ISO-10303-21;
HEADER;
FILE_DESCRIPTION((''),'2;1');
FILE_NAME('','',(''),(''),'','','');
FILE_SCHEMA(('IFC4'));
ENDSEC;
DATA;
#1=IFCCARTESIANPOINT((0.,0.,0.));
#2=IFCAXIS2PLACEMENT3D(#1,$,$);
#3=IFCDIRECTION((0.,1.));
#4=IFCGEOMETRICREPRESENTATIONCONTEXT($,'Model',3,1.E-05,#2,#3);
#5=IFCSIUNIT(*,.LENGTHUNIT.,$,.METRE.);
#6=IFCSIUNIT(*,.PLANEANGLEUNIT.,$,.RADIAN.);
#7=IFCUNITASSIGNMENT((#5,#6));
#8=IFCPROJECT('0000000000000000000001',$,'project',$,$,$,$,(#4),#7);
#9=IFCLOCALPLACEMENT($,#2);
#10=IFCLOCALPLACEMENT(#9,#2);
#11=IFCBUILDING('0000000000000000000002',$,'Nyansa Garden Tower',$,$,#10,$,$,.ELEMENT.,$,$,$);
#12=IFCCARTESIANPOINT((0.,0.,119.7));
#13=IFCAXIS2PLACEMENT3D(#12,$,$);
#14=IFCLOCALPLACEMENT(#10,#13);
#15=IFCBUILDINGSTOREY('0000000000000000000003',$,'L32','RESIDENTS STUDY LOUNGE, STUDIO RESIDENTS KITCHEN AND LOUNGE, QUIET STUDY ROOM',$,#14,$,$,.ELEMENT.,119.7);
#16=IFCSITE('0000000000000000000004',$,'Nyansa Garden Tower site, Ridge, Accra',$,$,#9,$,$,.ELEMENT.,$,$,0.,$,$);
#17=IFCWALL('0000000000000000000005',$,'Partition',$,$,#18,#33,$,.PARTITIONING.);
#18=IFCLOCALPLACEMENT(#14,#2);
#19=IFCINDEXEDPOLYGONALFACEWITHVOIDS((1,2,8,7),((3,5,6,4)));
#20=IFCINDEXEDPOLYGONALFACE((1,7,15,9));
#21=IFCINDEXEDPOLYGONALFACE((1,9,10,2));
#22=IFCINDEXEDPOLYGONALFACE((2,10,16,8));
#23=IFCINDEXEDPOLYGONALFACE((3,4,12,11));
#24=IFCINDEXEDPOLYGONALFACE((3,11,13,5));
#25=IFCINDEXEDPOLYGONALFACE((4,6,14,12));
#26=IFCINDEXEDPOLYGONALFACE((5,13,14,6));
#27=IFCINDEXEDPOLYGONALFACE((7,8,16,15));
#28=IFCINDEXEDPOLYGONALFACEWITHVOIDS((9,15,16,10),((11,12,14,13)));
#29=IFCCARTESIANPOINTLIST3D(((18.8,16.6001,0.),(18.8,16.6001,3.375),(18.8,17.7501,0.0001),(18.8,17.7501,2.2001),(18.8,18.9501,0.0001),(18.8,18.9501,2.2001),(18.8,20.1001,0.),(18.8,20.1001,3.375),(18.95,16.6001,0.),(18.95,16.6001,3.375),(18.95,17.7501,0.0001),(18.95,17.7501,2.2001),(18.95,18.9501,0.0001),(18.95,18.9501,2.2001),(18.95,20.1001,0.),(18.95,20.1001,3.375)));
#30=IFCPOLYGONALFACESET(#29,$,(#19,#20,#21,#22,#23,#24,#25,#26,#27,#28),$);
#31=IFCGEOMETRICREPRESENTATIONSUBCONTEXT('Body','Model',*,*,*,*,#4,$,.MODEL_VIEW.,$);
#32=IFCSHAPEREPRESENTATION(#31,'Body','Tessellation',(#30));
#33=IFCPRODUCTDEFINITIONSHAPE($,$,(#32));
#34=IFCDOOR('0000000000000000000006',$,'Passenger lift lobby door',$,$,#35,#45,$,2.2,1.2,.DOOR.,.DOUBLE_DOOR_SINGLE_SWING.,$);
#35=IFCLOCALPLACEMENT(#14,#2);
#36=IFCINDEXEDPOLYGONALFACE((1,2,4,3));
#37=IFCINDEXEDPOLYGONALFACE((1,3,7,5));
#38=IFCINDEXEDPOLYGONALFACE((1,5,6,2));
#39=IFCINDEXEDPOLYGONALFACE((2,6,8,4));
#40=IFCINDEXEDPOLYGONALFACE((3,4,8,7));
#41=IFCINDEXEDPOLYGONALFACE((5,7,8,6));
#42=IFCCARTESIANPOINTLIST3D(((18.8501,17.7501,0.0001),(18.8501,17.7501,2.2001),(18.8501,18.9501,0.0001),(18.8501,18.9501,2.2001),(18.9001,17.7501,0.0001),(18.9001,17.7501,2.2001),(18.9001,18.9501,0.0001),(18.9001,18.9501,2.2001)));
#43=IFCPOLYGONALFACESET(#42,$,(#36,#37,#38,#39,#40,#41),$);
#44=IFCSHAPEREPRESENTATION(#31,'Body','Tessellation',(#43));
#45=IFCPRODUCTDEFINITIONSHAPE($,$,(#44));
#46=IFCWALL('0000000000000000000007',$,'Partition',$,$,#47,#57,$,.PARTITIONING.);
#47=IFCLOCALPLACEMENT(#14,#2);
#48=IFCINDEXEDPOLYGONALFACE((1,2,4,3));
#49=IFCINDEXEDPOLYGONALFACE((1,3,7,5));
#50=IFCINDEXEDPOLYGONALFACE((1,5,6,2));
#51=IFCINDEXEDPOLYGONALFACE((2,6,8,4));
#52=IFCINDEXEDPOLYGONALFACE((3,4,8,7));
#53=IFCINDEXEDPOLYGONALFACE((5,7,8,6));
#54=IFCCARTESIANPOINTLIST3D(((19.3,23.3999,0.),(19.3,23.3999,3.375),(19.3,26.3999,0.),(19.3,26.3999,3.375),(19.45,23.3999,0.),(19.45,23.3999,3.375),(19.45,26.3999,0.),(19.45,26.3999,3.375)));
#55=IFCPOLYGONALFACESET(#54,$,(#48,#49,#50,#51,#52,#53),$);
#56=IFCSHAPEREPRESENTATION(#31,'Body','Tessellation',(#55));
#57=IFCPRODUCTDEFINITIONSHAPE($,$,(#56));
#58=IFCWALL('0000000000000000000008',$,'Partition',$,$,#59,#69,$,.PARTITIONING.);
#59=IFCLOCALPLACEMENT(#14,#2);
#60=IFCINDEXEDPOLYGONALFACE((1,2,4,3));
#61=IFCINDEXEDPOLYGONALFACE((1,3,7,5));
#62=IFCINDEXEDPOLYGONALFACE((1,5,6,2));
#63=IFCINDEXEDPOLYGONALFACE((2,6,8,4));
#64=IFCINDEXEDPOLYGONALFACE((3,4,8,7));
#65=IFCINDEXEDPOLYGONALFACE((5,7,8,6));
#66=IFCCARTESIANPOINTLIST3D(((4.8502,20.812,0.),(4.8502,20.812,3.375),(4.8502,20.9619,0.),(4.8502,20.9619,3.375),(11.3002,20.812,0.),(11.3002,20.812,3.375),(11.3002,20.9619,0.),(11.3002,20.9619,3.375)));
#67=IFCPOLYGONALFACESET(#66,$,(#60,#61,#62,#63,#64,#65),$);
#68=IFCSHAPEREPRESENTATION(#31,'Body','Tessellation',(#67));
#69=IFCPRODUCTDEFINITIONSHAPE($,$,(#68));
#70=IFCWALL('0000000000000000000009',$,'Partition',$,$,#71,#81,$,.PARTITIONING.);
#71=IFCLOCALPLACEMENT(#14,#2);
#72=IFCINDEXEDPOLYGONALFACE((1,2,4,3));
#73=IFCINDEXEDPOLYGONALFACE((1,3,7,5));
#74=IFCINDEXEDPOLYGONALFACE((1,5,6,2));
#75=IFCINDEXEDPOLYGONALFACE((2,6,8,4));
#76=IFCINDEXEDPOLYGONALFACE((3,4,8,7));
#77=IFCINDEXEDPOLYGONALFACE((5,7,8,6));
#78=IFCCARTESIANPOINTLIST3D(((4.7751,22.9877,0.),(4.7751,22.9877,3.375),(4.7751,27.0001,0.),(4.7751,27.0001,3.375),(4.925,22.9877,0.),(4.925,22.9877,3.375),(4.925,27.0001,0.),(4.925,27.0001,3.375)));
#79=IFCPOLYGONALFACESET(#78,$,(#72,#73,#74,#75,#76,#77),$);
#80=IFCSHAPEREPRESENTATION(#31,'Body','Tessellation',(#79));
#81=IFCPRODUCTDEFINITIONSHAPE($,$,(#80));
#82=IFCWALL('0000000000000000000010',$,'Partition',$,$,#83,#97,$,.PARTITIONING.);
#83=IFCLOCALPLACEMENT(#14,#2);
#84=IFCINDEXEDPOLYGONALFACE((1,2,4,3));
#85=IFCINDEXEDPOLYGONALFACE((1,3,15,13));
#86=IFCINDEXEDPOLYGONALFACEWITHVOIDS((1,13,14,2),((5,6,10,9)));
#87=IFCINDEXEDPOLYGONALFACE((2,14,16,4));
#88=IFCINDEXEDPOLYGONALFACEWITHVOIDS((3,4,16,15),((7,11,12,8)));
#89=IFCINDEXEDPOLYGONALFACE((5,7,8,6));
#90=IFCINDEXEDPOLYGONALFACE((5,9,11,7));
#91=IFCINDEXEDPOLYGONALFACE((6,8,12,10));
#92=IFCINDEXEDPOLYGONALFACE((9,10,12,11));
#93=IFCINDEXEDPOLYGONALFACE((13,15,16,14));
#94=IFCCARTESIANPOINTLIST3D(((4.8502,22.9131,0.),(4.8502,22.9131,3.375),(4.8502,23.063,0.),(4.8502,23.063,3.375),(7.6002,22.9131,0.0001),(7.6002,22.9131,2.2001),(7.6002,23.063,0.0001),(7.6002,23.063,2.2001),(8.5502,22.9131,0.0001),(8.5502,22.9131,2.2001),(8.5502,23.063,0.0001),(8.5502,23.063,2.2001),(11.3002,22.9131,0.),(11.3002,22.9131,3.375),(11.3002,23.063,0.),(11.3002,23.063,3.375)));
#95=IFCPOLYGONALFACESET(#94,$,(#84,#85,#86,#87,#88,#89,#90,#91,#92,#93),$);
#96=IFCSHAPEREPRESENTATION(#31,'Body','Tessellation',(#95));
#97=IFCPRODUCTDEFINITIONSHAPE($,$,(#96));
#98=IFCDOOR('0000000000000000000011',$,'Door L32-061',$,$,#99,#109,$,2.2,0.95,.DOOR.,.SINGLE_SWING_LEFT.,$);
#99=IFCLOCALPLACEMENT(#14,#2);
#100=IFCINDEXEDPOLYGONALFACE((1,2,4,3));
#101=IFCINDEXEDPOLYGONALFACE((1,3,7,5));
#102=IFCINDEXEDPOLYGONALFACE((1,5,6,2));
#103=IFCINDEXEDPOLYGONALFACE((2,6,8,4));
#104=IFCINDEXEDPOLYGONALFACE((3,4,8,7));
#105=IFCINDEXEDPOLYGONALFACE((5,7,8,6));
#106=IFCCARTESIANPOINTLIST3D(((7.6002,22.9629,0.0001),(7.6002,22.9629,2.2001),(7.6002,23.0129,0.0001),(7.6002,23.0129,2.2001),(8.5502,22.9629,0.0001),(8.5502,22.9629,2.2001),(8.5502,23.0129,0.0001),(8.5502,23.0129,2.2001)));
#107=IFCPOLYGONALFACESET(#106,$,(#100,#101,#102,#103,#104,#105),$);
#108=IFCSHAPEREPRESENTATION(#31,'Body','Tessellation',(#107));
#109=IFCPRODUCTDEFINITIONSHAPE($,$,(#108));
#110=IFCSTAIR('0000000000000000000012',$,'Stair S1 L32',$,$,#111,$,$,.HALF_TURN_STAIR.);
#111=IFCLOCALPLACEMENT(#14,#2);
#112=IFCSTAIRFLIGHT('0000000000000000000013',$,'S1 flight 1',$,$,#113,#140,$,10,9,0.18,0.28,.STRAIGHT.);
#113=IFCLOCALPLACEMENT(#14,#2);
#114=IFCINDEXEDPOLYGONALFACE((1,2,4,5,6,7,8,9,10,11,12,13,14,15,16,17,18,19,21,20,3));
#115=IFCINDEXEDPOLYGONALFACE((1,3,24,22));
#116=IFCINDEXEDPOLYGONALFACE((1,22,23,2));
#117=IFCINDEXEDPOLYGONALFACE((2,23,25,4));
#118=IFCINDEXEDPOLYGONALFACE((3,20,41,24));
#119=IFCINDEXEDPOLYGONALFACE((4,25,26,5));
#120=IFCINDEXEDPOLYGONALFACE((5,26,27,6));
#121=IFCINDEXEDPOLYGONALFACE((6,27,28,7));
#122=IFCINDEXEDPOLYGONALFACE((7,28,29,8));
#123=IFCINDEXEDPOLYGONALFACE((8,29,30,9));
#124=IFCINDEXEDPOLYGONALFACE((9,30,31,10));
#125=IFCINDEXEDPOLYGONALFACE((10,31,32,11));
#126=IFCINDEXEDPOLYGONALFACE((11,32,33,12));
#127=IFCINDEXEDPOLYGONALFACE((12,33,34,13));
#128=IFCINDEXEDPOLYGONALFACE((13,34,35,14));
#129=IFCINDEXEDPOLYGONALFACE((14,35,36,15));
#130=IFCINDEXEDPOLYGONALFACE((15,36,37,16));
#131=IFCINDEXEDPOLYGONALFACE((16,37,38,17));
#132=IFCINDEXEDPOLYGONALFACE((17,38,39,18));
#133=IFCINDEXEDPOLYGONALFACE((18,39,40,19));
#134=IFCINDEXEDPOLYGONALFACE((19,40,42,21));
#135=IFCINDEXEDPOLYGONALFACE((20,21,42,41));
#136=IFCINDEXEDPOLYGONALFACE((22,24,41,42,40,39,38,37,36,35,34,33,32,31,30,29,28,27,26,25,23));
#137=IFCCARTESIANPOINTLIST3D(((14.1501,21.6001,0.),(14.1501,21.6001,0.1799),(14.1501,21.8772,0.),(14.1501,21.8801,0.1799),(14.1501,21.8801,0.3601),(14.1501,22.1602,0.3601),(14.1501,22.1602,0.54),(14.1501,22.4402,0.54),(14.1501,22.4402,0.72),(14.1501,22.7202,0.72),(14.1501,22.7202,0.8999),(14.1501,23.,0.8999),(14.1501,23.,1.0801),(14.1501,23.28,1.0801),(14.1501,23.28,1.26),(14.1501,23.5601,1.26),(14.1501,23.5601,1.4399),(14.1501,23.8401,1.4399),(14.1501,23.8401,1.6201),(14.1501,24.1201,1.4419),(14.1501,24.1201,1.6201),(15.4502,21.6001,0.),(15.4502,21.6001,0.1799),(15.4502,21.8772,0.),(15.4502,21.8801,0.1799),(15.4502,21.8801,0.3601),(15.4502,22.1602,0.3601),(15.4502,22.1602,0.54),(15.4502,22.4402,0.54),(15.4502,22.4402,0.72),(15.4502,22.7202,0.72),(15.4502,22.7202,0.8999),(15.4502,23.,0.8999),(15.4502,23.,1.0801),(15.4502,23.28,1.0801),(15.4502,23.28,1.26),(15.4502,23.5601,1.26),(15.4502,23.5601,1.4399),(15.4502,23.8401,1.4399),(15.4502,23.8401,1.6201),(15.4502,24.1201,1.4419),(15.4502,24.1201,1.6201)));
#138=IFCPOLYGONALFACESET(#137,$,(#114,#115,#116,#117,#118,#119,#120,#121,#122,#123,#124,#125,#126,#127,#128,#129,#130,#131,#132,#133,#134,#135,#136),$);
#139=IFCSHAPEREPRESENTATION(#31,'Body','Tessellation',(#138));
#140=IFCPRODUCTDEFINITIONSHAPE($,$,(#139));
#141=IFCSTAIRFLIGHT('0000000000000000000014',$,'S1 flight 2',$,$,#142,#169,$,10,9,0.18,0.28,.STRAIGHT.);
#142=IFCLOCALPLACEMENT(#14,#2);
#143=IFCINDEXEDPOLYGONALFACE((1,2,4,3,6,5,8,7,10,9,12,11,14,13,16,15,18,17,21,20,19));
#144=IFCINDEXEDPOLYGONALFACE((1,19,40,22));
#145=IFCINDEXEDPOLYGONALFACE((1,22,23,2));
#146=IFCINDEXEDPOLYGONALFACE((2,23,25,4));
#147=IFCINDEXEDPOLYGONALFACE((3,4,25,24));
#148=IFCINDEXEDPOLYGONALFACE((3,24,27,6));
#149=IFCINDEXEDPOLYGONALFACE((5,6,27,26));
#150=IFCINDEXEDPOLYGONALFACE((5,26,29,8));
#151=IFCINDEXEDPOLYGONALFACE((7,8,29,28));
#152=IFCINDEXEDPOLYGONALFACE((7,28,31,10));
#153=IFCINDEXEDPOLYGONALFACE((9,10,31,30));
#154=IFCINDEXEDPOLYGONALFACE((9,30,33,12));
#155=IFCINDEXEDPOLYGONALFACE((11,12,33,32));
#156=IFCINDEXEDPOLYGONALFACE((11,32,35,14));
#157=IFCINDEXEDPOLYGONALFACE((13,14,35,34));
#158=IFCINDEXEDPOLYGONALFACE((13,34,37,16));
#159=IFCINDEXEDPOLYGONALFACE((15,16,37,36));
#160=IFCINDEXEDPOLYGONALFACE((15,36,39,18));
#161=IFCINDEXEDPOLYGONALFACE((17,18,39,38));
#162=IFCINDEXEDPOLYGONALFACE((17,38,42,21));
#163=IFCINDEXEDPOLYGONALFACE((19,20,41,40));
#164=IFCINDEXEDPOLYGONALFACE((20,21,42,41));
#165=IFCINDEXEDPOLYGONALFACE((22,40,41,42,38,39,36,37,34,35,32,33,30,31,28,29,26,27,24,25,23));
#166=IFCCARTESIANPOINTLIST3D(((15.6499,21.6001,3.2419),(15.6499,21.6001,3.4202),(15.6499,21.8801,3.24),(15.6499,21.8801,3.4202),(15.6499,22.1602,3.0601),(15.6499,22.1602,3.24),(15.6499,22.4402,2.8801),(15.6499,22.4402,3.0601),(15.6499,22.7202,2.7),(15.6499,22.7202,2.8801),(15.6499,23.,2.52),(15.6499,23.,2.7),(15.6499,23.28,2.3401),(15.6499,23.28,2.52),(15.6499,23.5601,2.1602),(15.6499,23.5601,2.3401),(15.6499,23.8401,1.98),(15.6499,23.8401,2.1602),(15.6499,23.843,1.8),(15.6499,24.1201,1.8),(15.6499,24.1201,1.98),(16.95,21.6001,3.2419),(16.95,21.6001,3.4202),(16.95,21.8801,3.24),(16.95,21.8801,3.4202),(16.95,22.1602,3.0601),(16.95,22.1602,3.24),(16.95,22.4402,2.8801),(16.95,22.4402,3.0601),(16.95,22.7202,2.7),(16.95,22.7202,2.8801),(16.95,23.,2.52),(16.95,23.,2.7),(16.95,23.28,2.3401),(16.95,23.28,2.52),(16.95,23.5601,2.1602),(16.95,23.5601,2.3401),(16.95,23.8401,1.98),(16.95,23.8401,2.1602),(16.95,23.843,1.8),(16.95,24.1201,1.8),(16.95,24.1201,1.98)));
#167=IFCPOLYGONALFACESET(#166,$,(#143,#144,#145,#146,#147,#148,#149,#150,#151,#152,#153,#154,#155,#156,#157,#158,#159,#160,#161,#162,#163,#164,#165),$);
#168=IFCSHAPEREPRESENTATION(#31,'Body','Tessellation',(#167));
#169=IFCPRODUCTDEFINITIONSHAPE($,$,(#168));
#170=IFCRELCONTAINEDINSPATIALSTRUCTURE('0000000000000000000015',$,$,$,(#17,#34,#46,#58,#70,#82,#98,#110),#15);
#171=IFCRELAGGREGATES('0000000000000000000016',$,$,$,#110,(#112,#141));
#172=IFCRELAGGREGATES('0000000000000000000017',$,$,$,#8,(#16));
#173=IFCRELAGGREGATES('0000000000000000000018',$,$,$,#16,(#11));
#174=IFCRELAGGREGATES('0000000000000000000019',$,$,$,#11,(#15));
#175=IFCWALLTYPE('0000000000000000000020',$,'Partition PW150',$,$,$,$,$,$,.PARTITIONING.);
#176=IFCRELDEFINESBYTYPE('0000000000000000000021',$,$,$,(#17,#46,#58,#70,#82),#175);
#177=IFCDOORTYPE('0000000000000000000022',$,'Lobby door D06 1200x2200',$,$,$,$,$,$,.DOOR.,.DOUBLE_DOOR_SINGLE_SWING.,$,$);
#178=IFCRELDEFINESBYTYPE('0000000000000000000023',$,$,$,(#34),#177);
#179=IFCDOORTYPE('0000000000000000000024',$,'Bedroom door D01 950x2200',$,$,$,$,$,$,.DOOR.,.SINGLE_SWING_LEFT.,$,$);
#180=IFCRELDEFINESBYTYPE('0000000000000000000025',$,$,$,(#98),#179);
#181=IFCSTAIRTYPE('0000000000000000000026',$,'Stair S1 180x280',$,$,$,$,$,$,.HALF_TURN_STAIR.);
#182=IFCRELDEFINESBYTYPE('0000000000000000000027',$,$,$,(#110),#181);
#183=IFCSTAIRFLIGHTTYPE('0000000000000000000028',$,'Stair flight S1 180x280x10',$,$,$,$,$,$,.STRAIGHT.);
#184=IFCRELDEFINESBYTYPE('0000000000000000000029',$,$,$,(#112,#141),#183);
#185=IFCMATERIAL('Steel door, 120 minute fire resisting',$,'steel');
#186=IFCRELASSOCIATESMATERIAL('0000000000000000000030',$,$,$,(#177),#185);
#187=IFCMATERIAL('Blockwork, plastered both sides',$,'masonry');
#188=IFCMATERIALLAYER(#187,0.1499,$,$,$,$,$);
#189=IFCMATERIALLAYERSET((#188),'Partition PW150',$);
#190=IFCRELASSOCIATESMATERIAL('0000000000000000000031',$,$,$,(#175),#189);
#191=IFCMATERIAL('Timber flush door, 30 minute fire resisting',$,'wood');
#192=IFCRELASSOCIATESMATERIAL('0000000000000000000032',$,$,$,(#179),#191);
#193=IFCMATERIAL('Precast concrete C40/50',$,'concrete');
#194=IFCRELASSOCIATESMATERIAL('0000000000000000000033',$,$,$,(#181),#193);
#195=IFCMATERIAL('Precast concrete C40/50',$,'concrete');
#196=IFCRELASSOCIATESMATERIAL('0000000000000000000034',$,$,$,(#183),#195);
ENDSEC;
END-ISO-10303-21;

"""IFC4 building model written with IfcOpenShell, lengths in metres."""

from ifc_helpers import new_model, si_unit, direction, frame, frame_2d, origin, place, context, subcontext, project, spatial, polyline, rectangle, outline, extrude, material, layer, layer_set, type_object, element, fill, aggregate, save


model = new_model("IFC4")

# Units and contexts
model_context = context("Model", 3, precision=1e-05, world=origin(), true_north=direction((0.0, 1.0)))
body_context = subcontext(model_context, "Body", "Model", "MODEL_VIEW")
ifc_project = project(units=[si_unit("LENGTHUNIT", "METRE"), si_unit("PLANEANGLEUNIT", "RADIAN")], contexts=[model_context])

# Site, building, storey
site_placement = place(None, origin())
site = spatial("IfcSite", under=ifc_project, at=site_placement, Name="Nyansa Garden Tower site, Ridge, Accra", CompositionType="ELEMENT", RefElevation=0.0)
building_placement = place(site_placement, origin())
building = spatial("IfcBuilding", under=site, at=building_placement, Name="Nyansa Garden Tower", CompositionType="ELEMENT")
storey_placement = place(building_placement, frame((0.0, 0.0, 119.7)))
storey = spatial("IfcBuildingStorey", under=building, at=storey_placement, Name="L32", Description="RESIDENTS STUDY LOUNGE, STUDIO RESIDENTS KITCHEN AND LOUNGE, QUIET STUDY ROOM", CompositionType="ELEMENT", Elevation=119.7)

# Wall, opening, door
ifc_material_1 = material(Name="Steel door, 120 minute fire resisting", Category="steel")
door_type_1 = type_object("IfcDoorType", Name="Lobby door D06 1200x2200", OperationType="DOUBLE_DOOR_SINGLE_SWING", PredefinedType="DOOR", material=ifc_material_1)
ifc_material_2 = material(Name="Blockwork, plastered both sides", Category="masonry")
ifc_layer_1 = layer(ifc_material_2, 0.1499)
ifc_layer_set_1 = layer_set([ifc_layer_1], Name="Partition PW150")
wall_type_1 = type_object("IfcWallType", Name="Partition PW150", PredefinedType="PARTITIONING", material=ifc_layer_set_1)
wall_1_placement = place(storey_placement, frame((18.875, 16.6001, 0.0), z_axis=(0.0, 0.0, 1.0), x_axis=(0.0, 1.0, 0.0)))
wall_1 = element("IfcWall", 1, at=wall_1_placement, inside=storey, type_object=wall_type_1, Name="Partition", PredefinedType="PARTITIONING", context=body_context, shape_type="SweptSolid", body=[
    extrude(rectangle(XDim=3.5, YDim=0.1499, at=frame_2d((1.75, 0.0))), origin(), (0.0, 0.0, 1.0), 3.375),
])
opening_1_placement = place(wall_1_placement, frame((1.1499, 0.0, 0.0)))
opening_1 = element("IfcOpeningElement", 2, at=opening_1_placement, cuts=wall_1, PredefinedType="OPENING", context=body_context, shape_type="SweptSolid", body=[
    extrude(rectangle(XDim=1.2, YDim=2.2, at=frame_2d((0.6001, 1.1001))), frame((0.0, 0.085, 0.0), z_axis=(0.0, -1.0, 0.0), x_axis=(1.0, 0.0, 0.0)), (0.0, 0.0, 1.0), 0.1699),
])
door_1_placement = place(opening_1_placement, origin())
door_1 = element("IfcDoor", 3, at=door_1_placement, inside=storey, type_object=door_type_1, Name="Passenger lift lobby door", OperationType="DOUBLE_DOOR_SINGLE_SWING", OverallHeight=2.2, OverallWidth=1.2, PredefinedType="DOOR", context=body_context, shape_type="SweptSolid", body=[
    extrude(rectangle(XDim=1.2, YDim=2.2, at=frame_2d((0.6001, 1.1001))), frame((0.0, 0.0249, 0.0), z_axis=(0.0, -1.0, 0.0), x_axis=(1.0, 0.0, 0.0)), (0.0, 0.0, 1.0), 0.05),
])
fill(opening_1, door_1)

# Walls
wall_2_placement = place(storey_placement, frame((19.375, 23.3999, 0.0), z_axis=(0.0, 0.0, 1.0), x_axis=(0.0, 1.0, 0.0)))
element("IfcWall", 4, at=wall_2_placement, inside=storey, type_object=wall_type_1, Name="Partition", PredefinedType="PARTITIONING", context=body_context, shape_type="SweptSolid", body=[
    extrude(rectangle(XDim=3.0, YDim=0.1499, at=frame_2d((1.5, 0.0))), origin(), (0.0, 0.0, 1.0), 3.375),
])
wall_3_placement = place(storey_placement, frame((4.8501, 20.887, 0.0), z_axis=(0.0, 0.0, 1.0), x_axis=(1.0, 0.0, 0.0)))
element("IfcWall", 5, at=wall_3_placement, inside=storey, type_object=wall_type_1, Name="Partition", PredefinedType="PARTITIONING", context=body_context, shape_type="SweptSolid", body=[
    extrude(rectangle(XDim=6.45, YDim=0.1499, at=frame_2d((3.2251, 0.0))), origin(), (0.0, 0.0, 1.0), 3.375),
])
wall_4_placement = place(storey_placement, frame((4.8501, 22.9875, 0.0), z_axis=(0.0, 0.0, 1.0), x_axis=(0.0, 1.0, 0.0)))
element("IfcWall", 6, at=wall_4_placement, inside=storey, type_object=wall_type_1, Name="Partition", PredefinedType="PARTITIONING", context=body_context, shape_type="SweptSolid", body=[
    extrude(rectangle(XDim=4.0125, YDim=0.1499, at=frame_2d((2.0063, 0.0))), origin(), (0.0, 0.0, 1.0), 3.375),
])

# Wall, opening, door
wall_5_placement = place(storey_placement, frame((4.8501, 22.988, 0.0), z_axis=(0.0, 0.0, 1.0), x_axis=(1.0, 0.0, 0.0)))
wall_5 = element("IfcWall", 7, at=wall_5_placement, inside=storey, type_object=wall_type_1, Name="Partition", PredefinedType="PARTITIONING", context=body_context, shape_type="SweptSolid", body=[
    extrude(rectangle(XDim=6.45, YDim=0.1499, at=frame_2d((3.2251, 0.0))), origin(), (0.0, 0.0, 1.0), 3.375),
])
opening_2_placement = place(wall_5_placement, frame((2.75, 0.0, 0.0)))
opening_2 = element("IfcOpeningElement", 8, at=opening_2_placement, cuts=wall_5, PredefinedType="OPENING", context=body_context, shape_type="SweptSolid", body=[
    extrude(rectangle(XDim=0.95, YDim=2.2, at=frame_2d((0.4751, 1.1001))), frame((0.0, 0.085, 0.0), z_axis=(0.0, -1.0, 0.0), x_axis=(1.0, 0.0, 0.0)), (0.0, 0.0, 1.0), 0.1699),
])
ifc_material_3 = material(Name="Timber flush door, 30 minute fire resisting", Category="wood")
door_type_2 = type_object("IfcDoorType", Name="Bedroom door D01 950x2200", OperationType="SINGLE_SWING_LEFT", PredefinedType="DOOR", material=ifc_material_3)
door_2_placement = place(opening_2_placement, origin())
door_2 = element("IfcDoor", 9, at=door_2_placement, inside=storey, type_object=door_type_2, Name="Door L32-061", OperationType="SINGLE_SWING_LEFT", OverallHeight=2.2, OverallWidth=0.95, PredefinedType="DOOR", context=body_context, shape_type="SweptSolid", body=[
    extrude(rectangle(XDim=0.95, YDim=2.2, at=frame_2d((0.4751, 1.1001))), frame((0.0, 0.0249, 0.0), z_axis=(0.0, -1.0, 0.0), x_axis=(1.0, 0.0, 0.0)), (0.0, 0.0, 1.0), 0.05),
])
fill(opening_2, door_2)

# Stair, stair flights
ifc_material_4 = material(Name="Precast concrete C40/50", Category="concrete")
stair_type = type_object("IfcStairType", Name="Stair S1 180x280", PredefinedType="HALF_TURN_STAIR", material=ifc_material_4)
stair_placement = place(storey_placement, origin())
stair = element("IfcStair", 10, at=stair_placement, inside=storey, type_object=stair_type, Name="Stair S1 L32", PredefinedType="HALF_TURN_STAIR")
ifc_material_5 = material(Name="Precast concrete C40/50", Category="concrete")
stair_flight_type = type_object("IfcStairFlightType", Name="Stair flight S1 180x280x10", PredefinedType="STRAIGHT", material=ifc_material_5)
stair_flight_1_placement = place(storey_placement, frame((14.8, 21.6001, 0.0), z_axis=(0.0, 0.0, 1.0), x_axis=(0.0, 1.0, 0.0)))
stair_flight_1 = element("IfcStairFlight", 11, at=stair_flight_1_placement, type_object=stair_flight_type, Name="S1 flight 1", NumberOfRisers=10, NumberOfTreads=9, PredefinedType="STRAIGHT", RiserHeight=0.18, TreadLength=0.28, context=body_context, shape_type="SweptSolid", body=[
    extrude(outline(polyline([(0.0, 0.0), (0.0, 0.1799), (0.28, 0.1799), (0.28, 0.3601), (0.5601, 0.3601), (0.5601, 0.54), (0.8401, 0.54), (0.8401, 0.72), (1.1201, 0.72), (1.1201, 0.8999), (1.3999, 0.8999), (1.3999, 1.0801), (1.6799, 1.0801), (1.6799, 1.26), (1.96, 1.26), (1.96, 1.4399), (2.24, 1.4399), (2.24, 1.6201), (2.52, 1.6201), (2.52, 1.8), (2.52, 1.4419), (0.2771, 0.0), (0.0, 0.0)])), frame((0.0, 0.6499, 0.0), z_axis=(0.0, -1.0, 0.0), x_axis=(1.0, 0.0, 0.0)), (0.0, 0.0, 1.0), 1.3),
])
stair_flight_2_placement = place(storey_placement, frame((16.3, 24.1201, 1.8), z_axis=(0.0, 0.0, 1.0), x_axis=(0.0, -1.0, 0.0)))
stair_flight_2 = element("IfcStairFlight", 12, at=stair_flight_2_placement, type_object=stair_flight_type, Name="S1 flight 2", NumberOfRisers=10, NumberOfTreads=9, PredefinedType="STRAIGHT", RiserHeight=0.18, TreadLength=0.28, context=body_context, shape_type="SweptSolid", body=[
    extrude(outline(polyline([(0.0, 0.0), (0.0, 0.1799), (0.28, 0.1799), (0.28, 0.3601), (0.5601, 0.3601), (0.5601, 0.54), (0.8401, 0.54), (0.8401, 0.72), (1.1201, 0.72), (1.1201, 0.8999), (1.3999, 0.8999), (1.3999, 1.0801), (1.6799, 1.0801), (1.6799, 1.26), (1.96, 1.26), (1.96, 1.4399), (2.24, 1.4399), (2.24, 1.6201), (2.52, 1.6201), (2.52, 1.8), (2.52, 1.4419), (0.2771, 0.0), (0.0, 0.0)])), frame((0.0, 0.6499, 0.0), z_axis=(0.0, -1.0, 0.0), x_axis=(1.0, 0.0, 0.0)), (0.0, 0.0, 1.0), 1.3),
])
aggregate(stair, [stair_flight_1, stair_flight_2])

save(model, "model.ifc")
